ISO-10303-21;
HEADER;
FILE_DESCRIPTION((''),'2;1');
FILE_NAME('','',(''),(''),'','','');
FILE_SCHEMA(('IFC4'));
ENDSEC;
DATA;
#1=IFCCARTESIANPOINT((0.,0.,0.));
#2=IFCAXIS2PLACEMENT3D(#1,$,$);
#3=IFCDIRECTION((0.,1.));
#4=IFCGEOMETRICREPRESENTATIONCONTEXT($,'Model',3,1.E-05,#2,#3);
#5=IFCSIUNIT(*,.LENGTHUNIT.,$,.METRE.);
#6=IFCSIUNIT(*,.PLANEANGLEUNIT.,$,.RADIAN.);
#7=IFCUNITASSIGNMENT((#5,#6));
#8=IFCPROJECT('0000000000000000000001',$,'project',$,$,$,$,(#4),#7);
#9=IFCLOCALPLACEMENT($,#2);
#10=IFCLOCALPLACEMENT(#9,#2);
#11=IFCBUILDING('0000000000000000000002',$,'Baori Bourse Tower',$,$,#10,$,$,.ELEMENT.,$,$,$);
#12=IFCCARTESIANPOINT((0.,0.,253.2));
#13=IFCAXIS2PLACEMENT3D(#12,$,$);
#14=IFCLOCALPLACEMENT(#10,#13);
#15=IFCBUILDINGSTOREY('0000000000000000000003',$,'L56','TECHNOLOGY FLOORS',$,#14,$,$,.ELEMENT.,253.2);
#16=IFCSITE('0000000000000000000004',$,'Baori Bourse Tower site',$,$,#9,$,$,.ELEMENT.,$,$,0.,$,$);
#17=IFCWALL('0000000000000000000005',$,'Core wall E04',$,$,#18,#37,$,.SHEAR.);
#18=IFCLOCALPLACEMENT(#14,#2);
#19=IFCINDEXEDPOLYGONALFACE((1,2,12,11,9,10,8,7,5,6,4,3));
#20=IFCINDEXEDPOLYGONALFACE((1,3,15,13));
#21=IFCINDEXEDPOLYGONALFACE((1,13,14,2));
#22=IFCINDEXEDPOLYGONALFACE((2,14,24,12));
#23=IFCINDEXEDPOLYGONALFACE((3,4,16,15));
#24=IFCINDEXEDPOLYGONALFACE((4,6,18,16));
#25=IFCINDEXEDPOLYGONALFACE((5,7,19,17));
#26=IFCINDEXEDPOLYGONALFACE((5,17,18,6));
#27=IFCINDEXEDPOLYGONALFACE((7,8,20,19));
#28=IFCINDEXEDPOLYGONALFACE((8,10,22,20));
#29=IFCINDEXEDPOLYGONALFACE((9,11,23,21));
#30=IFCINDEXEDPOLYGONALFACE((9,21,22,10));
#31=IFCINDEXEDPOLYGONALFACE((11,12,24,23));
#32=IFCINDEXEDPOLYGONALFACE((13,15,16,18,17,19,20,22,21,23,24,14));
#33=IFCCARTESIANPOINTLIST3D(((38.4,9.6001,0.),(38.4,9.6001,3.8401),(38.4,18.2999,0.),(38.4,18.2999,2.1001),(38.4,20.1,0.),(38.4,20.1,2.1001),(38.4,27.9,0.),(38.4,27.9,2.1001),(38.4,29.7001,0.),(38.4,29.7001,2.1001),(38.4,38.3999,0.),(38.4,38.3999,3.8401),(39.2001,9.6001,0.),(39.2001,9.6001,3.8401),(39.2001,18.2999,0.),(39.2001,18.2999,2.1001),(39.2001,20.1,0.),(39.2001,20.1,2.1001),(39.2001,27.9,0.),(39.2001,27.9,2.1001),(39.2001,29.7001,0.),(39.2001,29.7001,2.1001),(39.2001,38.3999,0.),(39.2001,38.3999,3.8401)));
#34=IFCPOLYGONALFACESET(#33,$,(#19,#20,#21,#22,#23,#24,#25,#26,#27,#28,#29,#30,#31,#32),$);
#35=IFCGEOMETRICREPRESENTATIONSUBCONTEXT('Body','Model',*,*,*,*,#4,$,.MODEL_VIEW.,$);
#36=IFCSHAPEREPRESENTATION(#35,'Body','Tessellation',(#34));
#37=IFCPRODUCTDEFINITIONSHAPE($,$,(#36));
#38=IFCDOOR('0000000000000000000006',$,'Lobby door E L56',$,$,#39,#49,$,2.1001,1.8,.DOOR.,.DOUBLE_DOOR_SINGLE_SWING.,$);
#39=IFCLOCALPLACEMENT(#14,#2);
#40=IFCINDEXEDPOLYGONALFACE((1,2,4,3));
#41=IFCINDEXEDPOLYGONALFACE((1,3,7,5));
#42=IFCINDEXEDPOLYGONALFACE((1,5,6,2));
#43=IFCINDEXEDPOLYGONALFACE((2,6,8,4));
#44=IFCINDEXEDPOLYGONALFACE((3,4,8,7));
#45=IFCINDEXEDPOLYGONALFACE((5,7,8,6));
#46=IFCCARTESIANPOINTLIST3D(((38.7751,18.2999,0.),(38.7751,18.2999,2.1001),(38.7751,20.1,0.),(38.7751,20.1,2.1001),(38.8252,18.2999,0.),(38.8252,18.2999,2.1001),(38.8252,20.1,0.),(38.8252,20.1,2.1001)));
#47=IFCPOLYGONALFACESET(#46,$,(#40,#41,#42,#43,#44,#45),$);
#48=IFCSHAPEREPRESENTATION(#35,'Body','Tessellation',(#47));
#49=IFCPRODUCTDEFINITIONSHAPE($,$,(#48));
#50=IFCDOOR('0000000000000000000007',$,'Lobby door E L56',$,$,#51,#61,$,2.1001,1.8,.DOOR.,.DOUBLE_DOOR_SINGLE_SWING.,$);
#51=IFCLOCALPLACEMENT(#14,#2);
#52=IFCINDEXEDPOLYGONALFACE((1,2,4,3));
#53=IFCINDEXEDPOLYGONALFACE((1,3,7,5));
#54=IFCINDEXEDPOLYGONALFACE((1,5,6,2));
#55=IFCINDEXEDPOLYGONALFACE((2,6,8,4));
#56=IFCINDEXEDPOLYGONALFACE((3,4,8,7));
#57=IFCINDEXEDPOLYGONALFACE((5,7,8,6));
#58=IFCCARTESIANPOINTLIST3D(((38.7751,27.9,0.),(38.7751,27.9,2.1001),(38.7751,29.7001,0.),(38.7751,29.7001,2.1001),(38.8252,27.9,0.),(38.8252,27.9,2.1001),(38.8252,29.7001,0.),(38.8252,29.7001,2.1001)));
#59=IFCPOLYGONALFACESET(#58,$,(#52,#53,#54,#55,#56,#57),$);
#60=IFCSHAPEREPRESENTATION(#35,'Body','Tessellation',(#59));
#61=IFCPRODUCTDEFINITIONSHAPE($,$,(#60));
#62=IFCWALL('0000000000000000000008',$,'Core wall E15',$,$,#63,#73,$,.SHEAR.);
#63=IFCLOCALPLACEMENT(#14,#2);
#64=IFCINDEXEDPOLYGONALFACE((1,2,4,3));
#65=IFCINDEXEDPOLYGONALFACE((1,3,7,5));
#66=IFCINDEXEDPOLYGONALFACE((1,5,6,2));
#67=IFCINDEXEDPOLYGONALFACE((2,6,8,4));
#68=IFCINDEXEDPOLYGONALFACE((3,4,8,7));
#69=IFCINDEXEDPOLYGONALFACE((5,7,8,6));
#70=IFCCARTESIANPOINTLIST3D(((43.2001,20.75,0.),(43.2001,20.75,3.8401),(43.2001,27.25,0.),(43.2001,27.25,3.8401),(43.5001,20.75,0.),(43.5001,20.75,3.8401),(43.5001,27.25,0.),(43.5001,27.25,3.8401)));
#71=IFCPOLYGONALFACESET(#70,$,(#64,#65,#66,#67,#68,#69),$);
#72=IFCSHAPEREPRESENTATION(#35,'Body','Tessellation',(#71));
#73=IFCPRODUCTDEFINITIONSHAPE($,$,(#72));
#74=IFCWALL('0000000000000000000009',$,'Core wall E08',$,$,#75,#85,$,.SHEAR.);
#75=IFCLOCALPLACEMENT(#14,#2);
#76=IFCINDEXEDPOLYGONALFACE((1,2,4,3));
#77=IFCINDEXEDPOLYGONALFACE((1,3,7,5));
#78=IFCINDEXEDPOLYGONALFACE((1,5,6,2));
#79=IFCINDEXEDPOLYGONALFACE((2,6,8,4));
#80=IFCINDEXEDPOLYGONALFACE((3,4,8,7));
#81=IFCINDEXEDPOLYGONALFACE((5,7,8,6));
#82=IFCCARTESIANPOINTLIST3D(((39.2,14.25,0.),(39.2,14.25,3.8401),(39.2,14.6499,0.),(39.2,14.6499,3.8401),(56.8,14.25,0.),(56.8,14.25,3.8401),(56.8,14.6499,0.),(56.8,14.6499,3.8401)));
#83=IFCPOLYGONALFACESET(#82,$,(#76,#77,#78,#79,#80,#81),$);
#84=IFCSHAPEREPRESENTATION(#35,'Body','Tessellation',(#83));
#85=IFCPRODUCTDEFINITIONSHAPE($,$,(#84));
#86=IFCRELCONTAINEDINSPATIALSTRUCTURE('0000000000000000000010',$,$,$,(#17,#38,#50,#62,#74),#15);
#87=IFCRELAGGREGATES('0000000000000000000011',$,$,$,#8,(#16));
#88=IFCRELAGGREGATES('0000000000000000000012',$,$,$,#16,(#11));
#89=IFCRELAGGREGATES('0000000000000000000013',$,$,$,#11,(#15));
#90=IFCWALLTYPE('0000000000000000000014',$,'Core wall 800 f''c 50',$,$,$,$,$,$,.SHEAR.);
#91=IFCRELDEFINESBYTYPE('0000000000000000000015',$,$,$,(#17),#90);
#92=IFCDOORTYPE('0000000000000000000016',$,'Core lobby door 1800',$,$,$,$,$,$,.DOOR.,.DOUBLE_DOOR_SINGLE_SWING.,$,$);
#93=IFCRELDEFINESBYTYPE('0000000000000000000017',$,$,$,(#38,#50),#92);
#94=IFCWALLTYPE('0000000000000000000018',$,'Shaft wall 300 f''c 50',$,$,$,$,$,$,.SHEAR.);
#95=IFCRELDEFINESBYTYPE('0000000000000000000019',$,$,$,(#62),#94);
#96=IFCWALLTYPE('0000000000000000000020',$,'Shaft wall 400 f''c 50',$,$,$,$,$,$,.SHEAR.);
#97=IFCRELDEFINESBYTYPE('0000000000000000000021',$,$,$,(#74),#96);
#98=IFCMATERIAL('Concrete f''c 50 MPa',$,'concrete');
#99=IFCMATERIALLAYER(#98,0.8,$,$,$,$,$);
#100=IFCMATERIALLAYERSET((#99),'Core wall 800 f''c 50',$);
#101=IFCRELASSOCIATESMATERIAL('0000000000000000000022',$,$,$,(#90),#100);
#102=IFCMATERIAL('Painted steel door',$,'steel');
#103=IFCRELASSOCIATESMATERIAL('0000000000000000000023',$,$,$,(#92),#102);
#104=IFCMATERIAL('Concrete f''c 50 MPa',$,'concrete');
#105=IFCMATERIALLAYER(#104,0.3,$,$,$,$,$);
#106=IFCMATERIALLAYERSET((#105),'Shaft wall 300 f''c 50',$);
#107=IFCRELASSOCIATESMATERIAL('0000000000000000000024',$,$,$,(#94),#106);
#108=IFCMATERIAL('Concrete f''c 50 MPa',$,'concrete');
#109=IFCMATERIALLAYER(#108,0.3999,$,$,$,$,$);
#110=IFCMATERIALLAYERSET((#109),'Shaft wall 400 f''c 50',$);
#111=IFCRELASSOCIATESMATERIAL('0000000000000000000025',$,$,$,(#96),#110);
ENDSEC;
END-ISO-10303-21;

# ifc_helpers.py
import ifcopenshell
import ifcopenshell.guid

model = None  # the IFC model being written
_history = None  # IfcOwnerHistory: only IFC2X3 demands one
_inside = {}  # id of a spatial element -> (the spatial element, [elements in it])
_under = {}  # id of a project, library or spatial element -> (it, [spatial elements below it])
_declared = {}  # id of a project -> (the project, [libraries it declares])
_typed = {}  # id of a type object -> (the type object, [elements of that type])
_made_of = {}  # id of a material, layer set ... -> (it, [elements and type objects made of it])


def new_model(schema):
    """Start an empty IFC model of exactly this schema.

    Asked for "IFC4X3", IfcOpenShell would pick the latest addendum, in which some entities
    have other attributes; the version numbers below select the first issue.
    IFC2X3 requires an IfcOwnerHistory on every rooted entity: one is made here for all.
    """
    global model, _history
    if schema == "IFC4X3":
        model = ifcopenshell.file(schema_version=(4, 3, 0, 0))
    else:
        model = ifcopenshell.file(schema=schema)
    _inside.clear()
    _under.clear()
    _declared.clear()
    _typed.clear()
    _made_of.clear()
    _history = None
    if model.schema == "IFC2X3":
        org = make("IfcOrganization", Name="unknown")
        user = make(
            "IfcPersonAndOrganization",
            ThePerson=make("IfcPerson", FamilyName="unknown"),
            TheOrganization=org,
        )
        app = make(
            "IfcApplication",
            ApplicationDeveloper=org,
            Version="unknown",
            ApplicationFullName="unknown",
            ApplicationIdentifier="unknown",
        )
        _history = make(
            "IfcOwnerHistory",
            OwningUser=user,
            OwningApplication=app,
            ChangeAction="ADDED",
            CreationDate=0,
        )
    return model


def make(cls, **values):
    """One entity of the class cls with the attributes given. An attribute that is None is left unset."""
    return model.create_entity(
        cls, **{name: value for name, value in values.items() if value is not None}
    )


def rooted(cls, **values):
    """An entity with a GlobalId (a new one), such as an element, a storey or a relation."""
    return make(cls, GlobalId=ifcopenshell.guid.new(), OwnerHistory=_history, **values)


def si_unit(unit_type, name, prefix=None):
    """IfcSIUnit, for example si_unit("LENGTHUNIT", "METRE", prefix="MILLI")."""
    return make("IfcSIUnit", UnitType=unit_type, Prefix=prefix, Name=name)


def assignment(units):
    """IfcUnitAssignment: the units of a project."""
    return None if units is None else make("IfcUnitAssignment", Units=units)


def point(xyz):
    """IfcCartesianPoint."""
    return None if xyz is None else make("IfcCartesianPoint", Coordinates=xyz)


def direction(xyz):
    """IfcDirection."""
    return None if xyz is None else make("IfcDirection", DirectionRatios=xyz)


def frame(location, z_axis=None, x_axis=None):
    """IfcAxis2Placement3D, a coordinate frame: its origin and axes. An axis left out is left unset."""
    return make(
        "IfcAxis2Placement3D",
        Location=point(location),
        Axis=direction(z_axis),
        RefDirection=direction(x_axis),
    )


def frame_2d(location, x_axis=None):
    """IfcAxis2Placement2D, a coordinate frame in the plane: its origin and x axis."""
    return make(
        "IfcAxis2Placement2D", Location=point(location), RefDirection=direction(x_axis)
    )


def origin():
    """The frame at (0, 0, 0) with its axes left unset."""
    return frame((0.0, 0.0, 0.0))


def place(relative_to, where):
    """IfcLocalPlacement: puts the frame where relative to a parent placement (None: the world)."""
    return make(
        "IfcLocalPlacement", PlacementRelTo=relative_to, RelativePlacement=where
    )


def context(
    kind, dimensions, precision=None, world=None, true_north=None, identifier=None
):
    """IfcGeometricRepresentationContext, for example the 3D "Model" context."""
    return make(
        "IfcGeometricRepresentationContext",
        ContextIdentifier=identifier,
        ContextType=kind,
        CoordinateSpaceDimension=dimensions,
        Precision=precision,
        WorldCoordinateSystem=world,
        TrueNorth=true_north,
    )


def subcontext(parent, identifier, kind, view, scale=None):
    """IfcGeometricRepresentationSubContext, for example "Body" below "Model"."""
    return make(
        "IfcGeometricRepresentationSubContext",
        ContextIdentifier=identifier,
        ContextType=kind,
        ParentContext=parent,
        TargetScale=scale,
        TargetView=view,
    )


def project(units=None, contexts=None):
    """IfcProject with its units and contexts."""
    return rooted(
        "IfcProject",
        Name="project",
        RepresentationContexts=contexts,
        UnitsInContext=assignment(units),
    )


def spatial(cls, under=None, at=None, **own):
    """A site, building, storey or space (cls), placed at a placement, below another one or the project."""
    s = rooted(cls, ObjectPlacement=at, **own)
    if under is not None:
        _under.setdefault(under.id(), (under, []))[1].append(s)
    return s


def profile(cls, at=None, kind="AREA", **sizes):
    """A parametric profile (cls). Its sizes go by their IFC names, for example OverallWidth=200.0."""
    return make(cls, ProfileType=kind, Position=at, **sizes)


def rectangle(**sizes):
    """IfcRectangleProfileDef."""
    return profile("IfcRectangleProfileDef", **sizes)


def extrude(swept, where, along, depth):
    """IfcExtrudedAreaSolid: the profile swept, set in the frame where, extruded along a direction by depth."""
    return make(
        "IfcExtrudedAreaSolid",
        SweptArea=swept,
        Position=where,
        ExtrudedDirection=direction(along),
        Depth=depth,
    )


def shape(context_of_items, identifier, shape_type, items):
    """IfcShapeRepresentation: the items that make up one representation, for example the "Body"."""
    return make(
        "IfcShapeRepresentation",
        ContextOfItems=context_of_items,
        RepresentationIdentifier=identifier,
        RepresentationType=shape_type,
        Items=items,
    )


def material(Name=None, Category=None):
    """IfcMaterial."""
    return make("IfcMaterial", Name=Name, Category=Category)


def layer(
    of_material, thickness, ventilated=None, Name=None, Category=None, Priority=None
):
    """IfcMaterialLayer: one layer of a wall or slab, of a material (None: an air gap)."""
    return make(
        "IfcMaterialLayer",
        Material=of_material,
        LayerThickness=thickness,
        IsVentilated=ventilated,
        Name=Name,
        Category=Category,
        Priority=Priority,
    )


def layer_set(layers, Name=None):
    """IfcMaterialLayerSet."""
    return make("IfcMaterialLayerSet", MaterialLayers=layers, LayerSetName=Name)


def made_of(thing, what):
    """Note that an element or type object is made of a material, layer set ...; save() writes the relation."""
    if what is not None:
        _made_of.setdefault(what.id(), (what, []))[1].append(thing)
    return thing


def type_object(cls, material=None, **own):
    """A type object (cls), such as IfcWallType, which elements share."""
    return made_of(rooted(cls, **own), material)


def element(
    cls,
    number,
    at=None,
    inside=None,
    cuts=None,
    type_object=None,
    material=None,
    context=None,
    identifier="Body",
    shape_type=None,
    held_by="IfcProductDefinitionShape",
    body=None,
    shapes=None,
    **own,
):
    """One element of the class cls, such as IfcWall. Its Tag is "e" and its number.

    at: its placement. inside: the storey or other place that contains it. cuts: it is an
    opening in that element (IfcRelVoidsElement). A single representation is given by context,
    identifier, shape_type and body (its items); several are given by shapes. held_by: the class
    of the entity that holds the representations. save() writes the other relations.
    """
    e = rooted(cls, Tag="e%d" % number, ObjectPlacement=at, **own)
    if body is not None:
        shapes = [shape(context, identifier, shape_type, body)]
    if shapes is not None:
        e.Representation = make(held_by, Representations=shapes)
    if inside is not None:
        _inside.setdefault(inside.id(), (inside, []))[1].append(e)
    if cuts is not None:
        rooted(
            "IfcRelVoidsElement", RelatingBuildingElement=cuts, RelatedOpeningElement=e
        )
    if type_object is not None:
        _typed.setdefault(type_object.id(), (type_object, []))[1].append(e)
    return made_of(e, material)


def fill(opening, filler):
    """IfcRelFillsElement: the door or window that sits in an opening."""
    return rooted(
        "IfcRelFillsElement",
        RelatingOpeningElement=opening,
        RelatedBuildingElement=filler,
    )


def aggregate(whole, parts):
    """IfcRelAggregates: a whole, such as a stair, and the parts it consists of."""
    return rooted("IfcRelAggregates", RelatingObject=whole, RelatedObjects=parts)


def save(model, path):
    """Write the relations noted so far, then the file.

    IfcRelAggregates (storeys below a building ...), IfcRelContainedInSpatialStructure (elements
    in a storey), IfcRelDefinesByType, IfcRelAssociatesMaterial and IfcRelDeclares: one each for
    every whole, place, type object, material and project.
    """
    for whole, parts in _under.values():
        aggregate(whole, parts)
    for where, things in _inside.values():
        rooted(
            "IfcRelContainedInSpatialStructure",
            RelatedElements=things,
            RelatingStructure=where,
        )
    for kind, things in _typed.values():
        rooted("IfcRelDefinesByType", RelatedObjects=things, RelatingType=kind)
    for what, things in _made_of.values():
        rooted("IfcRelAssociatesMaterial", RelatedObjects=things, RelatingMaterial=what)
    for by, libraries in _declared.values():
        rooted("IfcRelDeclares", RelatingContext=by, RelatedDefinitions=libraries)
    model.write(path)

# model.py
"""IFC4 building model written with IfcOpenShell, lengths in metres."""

from ifc_helpers import new_model, si_unit, direction, frame, frame_2d, origin, place, context, subcontext, project, spatial, rectangle, extrude, material, layer, layer_set, type_object, element, fill, save


model = new_model("IFC4")

# Units and contexts
model_context = context("Model", 3, precision=1e-05, world=origin(), true_north=direction((0.0, 1.0)))
body_context = subcontext(model_context, "Body", "Model", "MODEL_VIEW")
ifc_project = project(units=[si_unit("LENGTHUNIT", "METRE"), si_unit("PLANEANGLEUNIT", "RADIAN")], contexts=[model_context])

# Site, building, storey
site_placement = place(None, origin())
site = spatial("IfcSite", under=ifc_project, at=site_placement, Name="Baori Bourse Tower site", CompositionType="ELEMENT", RefElevation=0.0)
building_placement = place(site_placement, origin())
building = spatial("IfcBuilding", under=site, at=building_placement, Name="Baori Bourse Tower", CompositionType="ELEMENT")
storey_placement = place(building_placement, frame((0.0, 0.0, 253.2)))
storey = spatial("IfcBuildingStorey", under=building, at=storey_placement, Name="L56", Description="TECHNOLOGY FLOORS", CompositionType="ELEMENT", Elevation=253.2)

# Shared definitions
ifc_material_1 = material(Name="Concrete f'c 50 MPa", Category="concrete")
ifc_layer_1 = layer(ifc_material_1, 0.8)
ifc_layer_set_1 = layer_set([ifc_layer_1], Name="Core wall 800 f'c 50")
wall_type_1 = type_object("IfcWallType", Name="Core wall 800 f'c 50", PredefinedType="SHEAR", material=ifc_layer_set_1)

# Wall, openings, doors
wall_1_placement = place(storey_placement, frame((38.8, 9.6001, 0.0), z_axis=(0.0, 0.0, 1.0), x_axis=(0.0, 1.0, 0.0)))
wall_1 = element("IfcWall", 1, at=wall_1_placement, inside=storey, type_object=wall_type_1, Name="Core wall E04", PredefinedType="SHEAR", context=body_context, shape_type="SweptSolid", body=[
    extrude(rectangle(XDim=28.7998, YDim=0.8, at=frame_2d((14.3999, 0.0))), origin(), (0.0, 0.0, 1.0), 3.8401),
])
opening_1_placement = place(wall_1_placement, frame((8.7, 0.0, 0.0)))
opening_1 = element("IfcOpeningElement", 2, at=opening_1_placement, cuts=wall_1, PredefinedType="OPENING", context=body_context, shape_type="SweptSolid", body=[
    extrude(rectangle(XDim=1.8, YDim=2.1001, at=frame_2d((0.8999, 1.05))), frame((0.0, 0.4099, 0.0), z_axis=(0.0, -1.0, 0.0), x_axis=(1.0, 0.0, 0.0)), (0.0, 0.0, 1.0), 0.8201),
])
opening_2_placement = place(wall_1_placement, frame((18.3, 0.0, 0.0)))
opening_2 = element("IfcOpeningElement", 3, at=opening_2_placement, cuts=wall_1, PredefinedType="OPENING", context=body_context, shape_type="SweptSolid", body=[
    extrude(rectangle(XDim=1.8, YDim=2.1001, at=frame_2d((0.8999, 1.05))), frame((0.0, 0.4099, 0.0), z_axis=(0.0, -1.0, 0.0), x_axis=(1.0, 0.0, 0.0)), (0.0, 0.0, 1.0), 0.8201),
])
ifc_material_2 = material(Name="Painted steel door", Category="steel")
door_type_1 = type_object("IfcDoorType", Name="Core lobby door 1800", OperationType="DOUBLE_DOOR_SINGLE_SWING", PredefinedType="DOOR", material=ifc_material_2)
door_1_placement = place(opening_1_placement, origin())
door_1 = element("IfcDoor", 4, at=door_1_placement, inside=storey, type_object=door_type_1, Name="Lobby door E L56", OperationType="DOUBLE_DOOR_SINGLE_SWING", OverallHeight=2.1001, OverallWidth=1.8, PredefinedType="DOOR", context=body_context, shape_type="SweptSolid", body=[
    extrude(rectangle(XDim=1.8, YDim=2.1001, at=frame_2d((0.8999, 1.05))), frame((0.0, 0.0249, 0.0), z_axis=(0.0, -1.0, 0.0), x_axis=(1.0, 0.0, 0.0)), (0.0, 0.0, 1.0), 0.05),
])
fill(opening_1, door_1)
door_2_placement = place(opening_2_placement, origin())
door_2 = element("IfcDoor", 5, at=door_2_placement, inside=storey, type_object=door_type_1, Name="Lobby door E L56", OperationType="DOUBLE_DOOR_SINGLE_SWING", OverallHeight=2.1001, OverallWidth=1.8, PredefinedType="DOOR", context=body_context, shape_type="SweptSolid", body=[
    extrude(rectangle(XDim=1.8, YDim=2.1001, at=frame_2d((0.8999, 1.05))), frame((0.0, 0.0249, 0.0), z_axis=(0.0, -1.0, 0.0), x_axis=(1.0, 0.0, 0.0)), (0.0, 0.0, 1.0), 0.05),
])
fill(opening_2, door_2)

# Walls
ifc_material_3 = material(Name="Concrete f'c 50 MPa", Category="concrete")
ifc_layer_2 = layer(ifc_material_3, 0.3)
ifc_layer_set_2 = layer_set([ifc_layer_2], Name="Shaft wall 300 f'c 50")
wall_type_2 = type_object("IfcWallType", Name="Shaft wall 300 f'c 50", PredefinedType="SHEAR", material=ifc_layer_set_2)
wall_2_placement = place(storey_placement, frame((43.3501, 20.75, 0.0), z_axis=(0.0, 0.0, 1.0), x_axis=(0.0, 1.0, 0.0)))
element("IfcWall", 6, at=wall_2_placement, inside=storey, type_object=wall_type_2, Name="Core wall E15", PredefinedType="SHEAR", context=body_context, shape_type="SweptSolid", body=[
    extrude(rectangle(XDim=6.5, YDim=0.3, at=frame_2d((3.25, 0.0))), origin(), (0.0, 0.0, 1.0), 3.8401),
])
ifc_material_4 = material(Name="Concrete f'c 50 MPa", Category="concrete")
ifc_layer_3 = layer(ifc_material_4, 0.3999)
ifc_layer_set_3 = layer_set([ifc_layer_3], Name="Shaft wall 400 f'c 50")
wall_type_3 = type_object("IfcWallType", Name="Shaft wall 400 f'c 50", PredefinedType="SHEAR", material=ifc_layer_set_3)
wall_3_placement = place(storey_placement, frame((39.2, 14.45, 0.0), z_axis=(0.0, 0.0, 1.0), x_axis=(1.0, 0.0, 0.0)))
element("IfcWall", 7, at=wall_3_placement, inside=storey, type_object=wall_type_3, Name="Core wall E08", PredefinedType="SHEAR", context=body_context, shape_type="SweptSolid", body=[
    extrude(rectangle(XDim=17.6001, YDim=0.3999, at=frame_2d((8.8, 0.0))), origin(), (0.0, 0.0, 1.0), 3.8401),
])

save(model, "model.ifc")
